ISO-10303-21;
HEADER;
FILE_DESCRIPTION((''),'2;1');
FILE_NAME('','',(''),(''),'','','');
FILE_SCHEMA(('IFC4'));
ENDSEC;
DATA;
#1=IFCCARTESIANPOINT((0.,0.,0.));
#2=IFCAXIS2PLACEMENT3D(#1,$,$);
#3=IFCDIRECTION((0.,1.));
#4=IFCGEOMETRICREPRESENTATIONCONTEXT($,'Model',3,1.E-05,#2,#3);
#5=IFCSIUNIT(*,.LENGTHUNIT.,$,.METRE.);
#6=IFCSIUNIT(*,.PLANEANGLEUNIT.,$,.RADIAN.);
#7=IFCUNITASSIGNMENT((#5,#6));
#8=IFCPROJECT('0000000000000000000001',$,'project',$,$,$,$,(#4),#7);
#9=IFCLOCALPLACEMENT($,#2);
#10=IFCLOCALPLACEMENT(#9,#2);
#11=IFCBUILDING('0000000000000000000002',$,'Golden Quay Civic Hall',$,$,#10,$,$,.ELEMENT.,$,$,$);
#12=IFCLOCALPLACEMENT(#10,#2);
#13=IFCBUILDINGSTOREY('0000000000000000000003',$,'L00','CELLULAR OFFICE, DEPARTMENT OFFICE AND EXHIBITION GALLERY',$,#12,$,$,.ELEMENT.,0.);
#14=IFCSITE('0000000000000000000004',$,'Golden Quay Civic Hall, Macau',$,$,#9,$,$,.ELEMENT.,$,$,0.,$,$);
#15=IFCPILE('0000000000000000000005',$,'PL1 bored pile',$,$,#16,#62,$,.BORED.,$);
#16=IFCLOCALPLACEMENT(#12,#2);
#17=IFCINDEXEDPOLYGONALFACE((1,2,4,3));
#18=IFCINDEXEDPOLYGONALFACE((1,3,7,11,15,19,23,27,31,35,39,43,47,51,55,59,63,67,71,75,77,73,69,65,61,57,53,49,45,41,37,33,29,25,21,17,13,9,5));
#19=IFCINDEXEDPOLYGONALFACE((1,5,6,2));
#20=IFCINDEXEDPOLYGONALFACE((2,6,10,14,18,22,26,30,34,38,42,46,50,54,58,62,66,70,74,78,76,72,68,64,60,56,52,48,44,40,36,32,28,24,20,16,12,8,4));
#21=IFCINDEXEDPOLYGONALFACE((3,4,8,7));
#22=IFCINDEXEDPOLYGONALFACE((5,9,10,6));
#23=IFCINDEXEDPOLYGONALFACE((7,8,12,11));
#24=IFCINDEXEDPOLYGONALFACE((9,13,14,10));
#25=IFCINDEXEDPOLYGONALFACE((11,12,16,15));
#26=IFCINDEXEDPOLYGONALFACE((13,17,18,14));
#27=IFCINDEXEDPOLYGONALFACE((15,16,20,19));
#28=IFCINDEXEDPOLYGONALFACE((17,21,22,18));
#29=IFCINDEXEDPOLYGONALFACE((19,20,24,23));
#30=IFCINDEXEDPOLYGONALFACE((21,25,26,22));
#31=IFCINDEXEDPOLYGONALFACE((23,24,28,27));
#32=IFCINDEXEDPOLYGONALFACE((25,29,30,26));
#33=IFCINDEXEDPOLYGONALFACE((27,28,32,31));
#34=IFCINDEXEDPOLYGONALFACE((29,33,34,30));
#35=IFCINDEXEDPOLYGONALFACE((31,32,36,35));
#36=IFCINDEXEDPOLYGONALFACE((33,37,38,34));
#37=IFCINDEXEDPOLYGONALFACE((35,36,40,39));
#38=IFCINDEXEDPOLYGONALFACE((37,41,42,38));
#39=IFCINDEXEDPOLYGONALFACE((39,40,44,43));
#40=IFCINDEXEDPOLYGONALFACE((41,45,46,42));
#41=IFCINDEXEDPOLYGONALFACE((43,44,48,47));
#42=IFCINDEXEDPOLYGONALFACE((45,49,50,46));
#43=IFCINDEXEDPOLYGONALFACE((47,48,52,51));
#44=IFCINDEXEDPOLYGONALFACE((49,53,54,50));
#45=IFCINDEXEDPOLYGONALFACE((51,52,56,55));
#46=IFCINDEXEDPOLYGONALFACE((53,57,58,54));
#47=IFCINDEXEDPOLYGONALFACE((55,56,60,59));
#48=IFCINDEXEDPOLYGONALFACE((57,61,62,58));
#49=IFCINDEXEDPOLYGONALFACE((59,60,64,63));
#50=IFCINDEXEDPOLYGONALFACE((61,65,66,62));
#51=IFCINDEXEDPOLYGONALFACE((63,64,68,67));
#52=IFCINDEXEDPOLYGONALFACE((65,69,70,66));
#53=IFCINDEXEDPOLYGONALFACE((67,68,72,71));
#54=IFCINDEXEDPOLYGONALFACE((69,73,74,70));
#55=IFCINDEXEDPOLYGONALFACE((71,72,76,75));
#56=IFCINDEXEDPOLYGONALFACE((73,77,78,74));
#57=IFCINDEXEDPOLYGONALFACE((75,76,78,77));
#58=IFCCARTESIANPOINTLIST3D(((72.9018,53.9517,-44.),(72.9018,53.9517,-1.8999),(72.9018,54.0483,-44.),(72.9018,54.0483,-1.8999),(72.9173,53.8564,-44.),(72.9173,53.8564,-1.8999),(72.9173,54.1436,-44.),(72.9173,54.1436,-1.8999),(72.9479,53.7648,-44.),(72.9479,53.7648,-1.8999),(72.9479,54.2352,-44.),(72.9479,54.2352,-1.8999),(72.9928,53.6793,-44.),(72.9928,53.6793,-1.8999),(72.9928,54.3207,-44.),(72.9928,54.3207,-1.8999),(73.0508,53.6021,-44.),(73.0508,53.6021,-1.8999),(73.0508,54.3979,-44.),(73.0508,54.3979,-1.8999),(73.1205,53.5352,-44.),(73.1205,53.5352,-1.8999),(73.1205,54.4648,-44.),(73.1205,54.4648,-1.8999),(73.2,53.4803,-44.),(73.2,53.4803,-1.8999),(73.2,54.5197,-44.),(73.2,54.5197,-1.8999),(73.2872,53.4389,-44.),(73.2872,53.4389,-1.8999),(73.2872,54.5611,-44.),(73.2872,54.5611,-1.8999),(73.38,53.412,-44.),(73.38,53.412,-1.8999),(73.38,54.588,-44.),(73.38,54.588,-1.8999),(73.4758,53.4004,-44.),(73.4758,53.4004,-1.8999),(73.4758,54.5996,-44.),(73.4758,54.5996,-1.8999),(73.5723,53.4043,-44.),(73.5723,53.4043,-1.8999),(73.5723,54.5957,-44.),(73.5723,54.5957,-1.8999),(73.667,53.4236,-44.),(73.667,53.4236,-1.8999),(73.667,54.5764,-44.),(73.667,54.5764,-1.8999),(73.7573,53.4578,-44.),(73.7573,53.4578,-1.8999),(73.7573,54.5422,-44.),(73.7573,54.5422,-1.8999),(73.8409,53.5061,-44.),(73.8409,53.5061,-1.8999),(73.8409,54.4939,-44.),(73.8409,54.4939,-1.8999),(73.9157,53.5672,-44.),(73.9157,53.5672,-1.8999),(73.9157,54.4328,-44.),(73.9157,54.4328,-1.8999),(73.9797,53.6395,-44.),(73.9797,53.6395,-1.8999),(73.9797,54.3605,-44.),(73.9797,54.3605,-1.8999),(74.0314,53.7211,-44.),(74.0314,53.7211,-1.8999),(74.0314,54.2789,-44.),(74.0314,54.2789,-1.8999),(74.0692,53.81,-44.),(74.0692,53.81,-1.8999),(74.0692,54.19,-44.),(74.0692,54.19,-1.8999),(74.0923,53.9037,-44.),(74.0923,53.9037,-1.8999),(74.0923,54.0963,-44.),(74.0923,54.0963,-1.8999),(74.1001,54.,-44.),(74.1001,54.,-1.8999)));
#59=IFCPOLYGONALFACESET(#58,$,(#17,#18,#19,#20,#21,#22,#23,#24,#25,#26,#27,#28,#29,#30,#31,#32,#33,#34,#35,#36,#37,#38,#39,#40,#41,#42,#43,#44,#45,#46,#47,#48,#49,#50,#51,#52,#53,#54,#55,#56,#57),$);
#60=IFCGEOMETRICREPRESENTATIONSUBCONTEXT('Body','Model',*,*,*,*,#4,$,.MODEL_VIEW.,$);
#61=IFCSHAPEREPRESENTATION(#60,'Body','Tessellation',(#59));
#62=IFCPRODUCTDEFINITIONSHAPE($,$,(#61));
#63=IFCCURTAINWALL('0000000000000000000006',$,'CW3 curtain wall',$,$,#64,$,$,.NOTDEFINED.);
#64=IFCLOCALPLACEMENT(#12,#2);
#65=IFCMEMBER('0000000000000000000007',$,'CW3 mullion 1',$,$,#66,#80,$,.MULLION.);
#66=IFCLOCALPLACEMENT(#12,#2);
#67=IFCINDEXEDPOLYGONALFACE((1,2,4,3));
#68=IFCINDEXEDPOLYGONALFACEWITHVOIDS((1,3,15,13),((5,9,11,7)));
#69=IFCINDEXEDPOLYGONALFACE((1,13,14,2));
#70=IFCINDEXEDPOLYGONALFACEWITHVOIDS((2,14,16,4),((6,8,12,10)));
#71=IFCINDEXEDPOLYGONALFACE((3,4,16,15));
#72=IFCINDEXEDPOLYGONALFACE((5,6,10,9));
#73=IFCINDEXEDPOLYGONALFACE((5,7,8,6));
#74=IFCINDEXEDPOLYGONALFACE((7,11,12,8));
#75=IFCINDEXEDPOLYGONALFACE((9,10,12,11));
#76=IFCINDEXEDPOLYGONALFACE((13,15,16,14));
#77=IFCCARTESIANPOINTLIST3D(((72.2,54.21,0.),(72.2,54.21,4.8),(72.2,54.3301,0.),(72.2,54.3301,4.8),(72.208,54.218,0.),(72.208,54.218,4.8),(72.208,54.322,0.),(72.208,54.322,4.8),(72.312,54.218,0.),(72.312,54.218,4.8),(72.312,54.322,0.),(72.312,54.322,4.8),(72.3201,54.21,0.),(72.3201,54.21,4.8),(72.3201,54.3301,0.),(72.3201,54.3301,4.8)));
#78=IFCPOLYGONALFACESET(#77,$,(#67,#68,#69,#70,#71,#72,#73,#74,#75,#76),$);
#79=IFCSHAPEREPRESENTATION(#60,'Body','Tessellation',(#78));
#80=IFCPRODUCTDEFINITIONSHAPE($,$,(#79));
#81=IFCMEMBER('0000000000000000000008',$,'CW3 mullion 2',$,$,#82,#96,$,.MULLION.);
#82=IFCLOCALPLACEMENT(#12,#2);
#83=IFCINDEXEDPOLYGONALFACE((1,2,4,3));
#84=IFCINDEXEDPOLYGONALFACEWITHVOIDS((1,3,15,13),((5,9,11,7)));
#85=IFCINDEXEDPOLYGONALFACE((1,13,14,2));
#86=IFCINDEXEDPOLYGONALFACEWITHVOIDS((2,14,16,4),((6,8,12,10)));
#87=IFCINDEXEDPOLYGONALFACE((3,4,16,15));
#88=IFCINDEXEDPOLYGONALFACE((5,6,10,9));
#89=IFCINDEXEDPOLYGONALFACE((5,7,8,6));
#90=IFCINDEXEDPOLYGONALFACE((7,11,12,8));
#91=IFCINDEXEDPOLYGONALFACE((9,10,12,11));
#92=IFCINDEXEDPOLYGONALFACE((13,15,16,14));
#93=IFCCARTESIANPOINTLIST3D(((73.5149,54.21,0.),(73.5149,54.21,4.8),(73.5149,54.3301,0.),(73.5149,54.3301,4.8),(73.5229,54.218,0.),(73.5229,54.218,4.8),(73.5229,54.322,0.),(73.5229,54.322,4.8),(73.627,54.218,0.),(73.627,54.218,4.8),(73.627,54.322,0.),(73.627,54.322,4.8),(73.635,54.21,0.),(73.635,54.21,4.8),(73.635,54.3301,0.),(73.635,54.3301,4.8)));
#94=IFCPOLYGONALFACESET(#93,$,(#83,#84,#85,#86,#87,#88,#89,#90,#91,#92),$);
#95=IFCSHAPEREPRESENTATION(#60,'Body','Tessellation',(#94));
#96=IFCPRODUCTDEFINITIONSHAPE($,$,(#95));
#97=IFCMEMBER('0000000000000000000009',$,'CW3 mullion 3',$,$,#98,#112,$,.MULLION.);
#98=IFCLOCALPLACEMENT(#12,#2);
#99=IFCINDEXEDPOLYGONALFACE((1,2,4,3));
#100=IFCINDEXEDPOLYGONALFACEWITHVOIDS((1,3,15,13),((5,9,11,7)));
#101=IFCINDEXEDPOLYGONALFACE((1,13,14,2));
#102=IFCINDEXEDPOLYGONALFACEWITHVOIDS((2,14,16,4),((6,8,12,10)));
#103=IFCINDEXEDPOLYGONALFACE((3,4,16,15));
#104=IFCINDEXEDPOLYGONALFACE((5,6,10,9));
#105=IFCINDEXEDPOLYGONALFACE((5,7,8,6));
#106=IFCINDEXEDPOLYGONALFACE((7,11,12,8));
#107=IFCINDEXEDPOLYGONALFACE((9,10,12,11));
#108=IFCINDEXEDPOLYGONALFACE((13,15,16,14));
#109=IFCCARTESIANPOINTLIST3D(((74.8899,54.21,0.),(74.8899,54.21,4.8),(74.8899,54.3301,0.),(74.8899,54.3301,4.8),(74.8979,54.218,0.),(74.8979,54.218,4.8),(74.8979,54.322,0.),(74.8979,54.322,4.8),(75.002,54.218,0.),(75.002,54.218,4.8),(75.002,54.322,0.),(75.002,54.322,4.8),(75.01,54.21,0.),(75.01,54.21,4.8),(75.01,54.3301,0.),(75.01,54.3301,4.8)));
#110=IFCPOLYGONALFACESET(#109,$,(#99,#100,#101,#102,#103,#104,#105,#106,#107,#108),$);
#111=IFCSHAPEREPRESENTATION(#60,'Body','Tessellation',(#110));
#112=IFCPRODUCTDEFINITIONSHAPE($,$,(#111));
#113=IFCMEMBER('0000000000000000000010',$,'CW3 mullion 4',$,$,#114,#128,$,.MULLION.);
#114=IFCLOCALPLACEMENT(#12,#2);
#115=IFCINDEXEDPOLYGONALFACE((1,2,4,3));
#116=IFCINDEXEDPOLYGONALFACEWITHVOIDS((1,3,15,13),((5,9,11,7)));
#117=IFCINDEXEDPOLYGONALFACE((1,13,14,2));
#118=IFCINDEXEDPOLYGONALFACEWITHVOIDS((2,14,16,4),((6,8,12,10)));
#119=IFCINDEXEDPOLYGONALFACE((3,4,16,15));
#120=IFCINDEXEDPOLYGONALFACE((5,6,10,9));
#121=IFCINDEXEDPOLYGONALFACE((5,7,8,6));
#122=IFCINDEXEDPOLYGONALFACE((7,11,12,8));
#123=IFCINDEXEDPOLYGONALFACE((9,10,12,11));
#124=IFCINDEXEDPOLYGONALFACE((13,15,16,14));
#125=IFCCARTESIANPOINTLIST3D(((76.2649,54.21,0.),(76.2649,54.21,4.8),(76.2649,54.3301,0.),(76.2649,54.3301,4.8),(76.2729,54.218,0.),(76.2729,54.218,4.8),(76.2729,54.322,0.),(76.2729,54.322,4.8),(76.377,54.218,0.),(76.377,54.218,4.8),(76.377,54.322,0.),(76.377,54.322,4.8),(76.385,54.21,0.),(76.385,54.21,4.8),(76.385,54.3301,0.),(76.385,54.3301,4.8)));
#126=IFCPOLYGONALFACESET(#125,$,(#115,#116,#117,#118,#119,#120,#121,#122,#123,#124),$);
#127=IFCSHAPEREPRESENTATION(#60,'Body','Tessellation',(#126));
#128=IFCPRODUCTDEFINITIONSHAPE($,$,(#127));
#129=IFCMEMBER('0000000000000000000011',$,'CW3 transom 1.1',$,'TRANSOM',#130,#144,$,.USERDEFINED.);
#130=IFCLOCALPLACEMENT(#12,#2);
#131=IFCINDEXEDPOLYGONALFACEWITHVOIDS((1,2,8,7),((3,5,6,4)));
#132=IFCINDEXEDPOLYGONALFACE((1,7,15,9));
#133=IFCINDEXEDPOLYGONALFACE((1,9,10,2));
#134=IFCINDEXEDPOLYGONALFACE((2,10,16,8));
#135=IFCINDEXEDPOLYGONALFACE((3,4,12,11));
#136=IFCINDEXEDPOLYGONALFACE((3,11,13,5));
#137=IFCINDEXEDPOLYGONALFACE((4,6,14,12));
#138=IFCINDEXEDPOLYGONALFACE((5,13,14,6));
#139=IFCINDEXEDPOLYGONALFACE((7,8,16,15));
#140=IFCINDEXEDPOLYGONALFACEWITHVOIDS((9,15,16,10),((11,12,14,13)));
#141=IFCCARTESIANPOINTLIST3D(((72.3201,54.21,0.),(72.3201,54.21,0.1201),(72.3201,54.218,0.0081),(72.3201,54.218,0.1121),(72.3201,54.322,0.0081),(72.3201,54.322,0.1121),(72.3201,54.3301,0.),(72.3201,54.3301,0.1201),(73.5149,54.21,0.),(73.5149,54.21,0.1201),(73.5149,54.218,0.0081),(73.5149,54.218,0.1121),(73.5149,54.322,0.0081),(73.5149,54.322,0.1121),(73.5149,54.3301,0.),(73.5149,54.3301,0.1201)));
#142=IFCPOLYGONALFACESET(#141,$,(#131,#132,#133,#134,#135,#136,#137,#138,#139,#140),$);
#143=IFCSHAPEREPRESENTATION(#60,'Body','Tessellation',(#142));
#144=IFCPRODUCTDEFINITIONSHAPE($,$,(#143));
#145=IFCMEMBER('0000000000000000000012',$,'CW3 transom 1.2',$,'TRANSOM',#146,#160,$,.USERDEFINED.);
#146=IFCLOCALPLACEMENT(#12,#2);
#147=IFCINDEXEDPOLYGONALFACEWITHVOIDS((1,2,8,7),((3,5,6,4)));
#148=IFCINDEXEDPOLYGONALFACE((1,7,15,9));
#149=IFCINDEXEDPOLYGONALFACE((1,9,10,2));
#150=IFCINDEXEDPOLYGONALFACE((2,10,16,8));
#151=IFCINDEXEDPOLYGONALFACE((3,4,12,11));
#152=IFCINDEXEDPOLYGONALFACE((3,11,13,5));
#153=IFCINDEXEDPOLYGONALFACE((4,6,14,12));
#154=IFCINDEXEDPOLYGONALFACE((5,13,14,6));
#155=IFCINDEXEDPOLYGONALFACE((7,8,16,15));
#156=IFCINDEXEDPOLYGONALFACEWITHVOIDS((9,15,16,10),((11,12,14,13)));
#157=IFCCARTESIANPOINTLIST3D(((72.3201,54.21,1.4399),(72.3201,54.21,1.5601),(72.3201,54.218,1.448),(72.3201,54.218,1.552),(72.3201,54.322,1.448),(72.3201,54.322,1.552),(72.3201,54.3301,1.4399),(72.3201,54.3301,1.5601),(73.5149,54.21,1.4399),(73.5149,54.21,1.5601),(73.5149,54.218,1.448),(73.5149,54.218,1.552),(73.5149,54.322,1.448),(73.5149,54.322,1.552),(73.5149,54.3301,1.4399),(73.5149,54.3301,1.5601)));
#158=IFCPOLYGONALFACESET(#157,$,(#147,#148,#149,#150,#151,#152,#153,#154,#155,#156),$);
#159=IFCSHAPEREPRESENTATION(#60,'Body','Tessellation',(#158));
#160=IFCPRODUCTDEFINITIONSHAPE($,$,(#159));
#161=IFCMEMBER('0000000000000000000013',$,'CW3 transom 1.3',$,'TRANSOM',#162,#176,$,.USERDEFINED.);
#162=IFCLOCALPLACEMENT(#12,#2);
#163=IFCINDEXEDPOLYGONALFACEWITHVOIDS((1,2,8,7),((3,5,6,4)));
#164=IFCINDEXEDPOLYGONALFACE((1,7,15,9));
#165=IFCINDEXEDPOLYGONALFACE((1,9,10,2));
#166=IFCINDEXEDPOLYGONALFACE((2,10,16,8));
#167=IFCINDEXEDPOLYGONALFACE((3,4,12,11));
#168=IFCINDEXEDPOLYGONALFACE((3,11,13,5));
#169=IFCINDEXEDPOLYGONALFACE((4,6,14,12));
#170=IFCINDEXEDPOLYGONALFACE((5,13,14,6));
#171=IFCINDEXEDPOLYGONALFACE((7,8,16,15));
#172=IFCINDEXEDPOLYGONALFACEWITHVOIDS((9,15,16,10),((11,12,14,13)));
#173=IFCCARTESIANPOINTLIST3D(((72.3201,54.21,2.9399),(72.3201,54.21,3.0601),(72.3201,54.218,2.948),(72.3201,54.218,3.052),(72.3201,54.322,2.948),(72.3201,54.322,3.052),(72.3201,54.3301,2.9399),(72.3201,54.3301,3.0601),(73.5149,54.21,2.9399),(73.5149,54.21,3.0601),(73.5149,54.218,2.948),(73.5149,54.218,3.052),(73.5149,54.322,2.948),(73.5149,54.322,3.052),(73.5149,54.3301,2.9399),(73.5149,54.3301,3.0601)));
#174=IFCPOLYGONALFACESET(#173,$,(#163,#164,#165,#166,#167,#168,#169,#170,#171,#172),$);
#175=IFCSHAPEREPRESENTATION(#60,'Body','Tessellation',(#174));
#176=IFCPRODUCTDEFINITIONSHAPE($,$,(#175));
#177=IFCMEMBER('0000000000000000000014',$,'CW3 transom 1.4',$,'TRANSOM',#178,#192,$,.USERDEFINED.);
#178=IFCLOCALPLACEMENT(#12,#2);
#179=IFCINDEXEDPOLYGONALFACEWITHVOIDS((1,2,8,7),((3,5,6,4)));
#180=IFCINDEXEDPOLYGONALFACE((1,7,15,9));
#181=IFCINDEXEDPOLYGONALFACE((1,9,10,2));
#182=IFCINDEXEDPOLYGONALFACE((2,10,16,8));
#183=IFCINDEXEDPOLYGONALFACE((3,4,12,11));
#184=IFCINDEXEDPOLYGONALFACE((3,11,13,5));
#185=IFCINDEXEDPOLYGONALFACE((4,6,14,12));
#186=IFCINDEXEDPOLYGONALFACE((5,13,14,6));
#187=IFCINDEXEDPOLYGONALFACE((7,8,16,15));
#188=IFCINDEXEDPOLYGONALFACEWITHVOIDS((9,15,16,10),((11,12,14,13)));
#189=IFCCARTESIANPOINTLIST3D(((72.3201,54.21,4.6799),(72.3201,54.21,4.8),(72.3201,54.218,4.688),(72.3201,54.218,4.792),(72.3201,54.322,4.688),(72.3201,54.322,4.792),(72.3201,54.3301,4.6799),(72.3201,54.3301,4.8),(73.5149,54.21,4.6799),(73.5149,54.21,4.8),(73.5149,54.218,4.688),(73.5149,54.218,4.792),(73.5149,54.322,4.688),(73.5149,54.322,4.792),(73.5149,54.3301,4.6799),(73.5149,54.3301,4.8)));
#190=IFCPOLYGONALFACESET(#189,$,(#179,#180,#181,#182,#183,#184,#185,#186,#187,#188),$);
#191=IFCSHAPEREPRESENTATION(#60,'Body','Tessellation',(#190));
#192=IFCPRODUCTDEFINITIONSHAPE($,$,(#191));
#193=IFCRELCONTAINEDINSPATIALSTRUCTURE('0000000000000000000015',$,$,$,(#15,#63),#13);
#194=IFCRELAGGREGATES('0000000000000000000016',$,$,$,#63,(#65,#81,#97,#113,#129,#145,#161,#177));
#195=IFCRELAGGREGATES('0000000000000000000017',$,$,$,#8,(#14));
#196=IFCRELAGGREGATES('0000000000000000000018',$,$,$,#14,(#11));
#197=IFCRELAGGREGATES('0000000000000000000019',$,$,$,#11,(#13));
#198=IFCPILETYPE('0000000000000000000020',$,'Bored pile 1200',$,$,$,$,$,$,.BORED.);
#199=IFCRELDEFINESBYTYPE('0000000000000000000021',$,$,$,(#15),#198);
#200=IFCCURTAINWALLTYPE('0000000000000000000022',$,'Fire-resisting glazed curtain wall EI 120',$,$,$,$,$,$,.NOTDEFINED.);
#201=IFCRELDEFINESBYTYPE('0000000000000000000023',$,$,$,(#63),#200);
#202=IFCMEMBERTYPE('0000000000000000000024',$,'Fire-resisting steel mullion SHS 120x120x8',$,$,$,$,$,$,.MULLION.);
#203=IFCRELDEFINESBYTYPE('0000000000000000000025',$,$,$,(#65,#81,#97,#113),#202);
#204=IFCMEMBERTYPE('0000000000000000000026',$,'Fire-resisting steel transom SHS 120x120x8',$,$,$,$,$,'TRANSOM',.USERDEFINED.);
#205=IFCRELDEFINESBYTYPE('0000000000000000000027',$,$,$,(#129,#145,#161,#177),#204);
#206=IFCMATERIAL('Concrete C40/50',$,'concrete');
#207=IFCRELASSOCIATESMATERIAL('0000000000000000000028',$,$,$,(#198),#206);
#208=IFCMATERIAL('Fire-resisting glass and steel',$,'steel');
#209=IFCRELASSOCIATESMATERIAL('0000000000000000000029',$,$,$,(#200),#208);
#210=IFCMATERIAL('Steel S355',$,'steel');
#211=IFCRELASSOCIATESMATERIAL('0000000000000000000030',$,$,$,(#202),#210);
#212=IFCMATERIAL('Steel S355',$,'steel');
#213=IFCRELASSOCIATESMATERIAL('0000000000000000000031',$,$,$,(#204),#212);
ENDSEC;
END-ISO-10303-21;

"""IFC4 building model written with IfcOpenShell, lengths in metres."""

from ifc_helpers import new_model, si_unit, direction, frame, origin, origin_2d, place, context, subcontext, project, spatial, hollow_rectangle, circle, extrude, material, material_profile, profile_set, type_object, element, aggregate, save


model = new_model("IFC4")

# Units and contexts
model_context = context("Model", 3, precision=1e-05, world=origin(), true_north=direction((0.0, 1.0)))
body_context = subcontext(model_context, "Body", "Model", "MODEL_VIEW")
ifc_project = project(units=[si_unit("LENGTHUNIT", "METRE"), si_unit("PLANEANGLEUNIT", "RADIAN")], contexts=[model_context])

# Site, building, storey
site_placement = place(None, origin())
site = spatial("IfcSite", under=ifc_project, at=site_placement, Name="Golden Quay Civic Hall, Macau", CompositionType="ELEMENT", RefElevation=0.0)
building_placement = place(site_placement, origin())
building = spatial("IfcBuilding", under=site, at=building_placement, Name="Golden Quay Civic Hall", CompositionType="ELEMENT")
storey_placement = place(building_placement, origin())
storey = spatial("IfcBuildingStorey", under=building, at=storey_placement, Name="L00", Description="CELLULAR OFFICE, DEPARTMENT OFFICE AND EXHIBITION GALLERY", CompositionType="ELEMENT", Elevation=0.0)

# Pile
ifc_material_1 = material(Name="Concrete C40/50", Category="concrete")
ifc_material_profile_1 = material_profile(ifc_material_1, circle(Radius=0.6001, at=origin_2d()), Name="RC D1200")
ifc_profile_set_1 = profile_set([ifc_material_profile_1], Name="Concrete C40/50")
pile_type = type_object("IfcPileType", Name="Bored pile 1200", PredefinedType="BORED", material=ifc_profile_set_1)
pile_placement = place(storey_placement, frame((73.5, 54.0, -1.8999), z_axis=(0.0, 0.0, -1.0), x_axis=(1.0, 0.0, 0.0)))
element("IfcPile", 1, at=pile_placement, inside=storey, type_object=pile_type, Name="PL1 bored pile", PredefinedType="BORED", context=body_context, shape_type="SweptSolid", body=[
    extrude(circle(Radius=0.6001, at=origin_2d()), origin(), (0.0, 0.0, 1.0), 42.1001),
])

# Curtain wall, members
ifc_material_2 = material(Name="Fire-resisting glass and steel", Category="steel")
curtain_wall_type_1 = type_object("IfcCurtainWallType", Name="Fire-resisting glazed curtain wall EI 120", PredefinedType="NOTDEFINED", material=ifc_material_2)
curtain_wall_1_placement = place(storey_placement, origin())
curtain_wall_1 = element("IfcCurtainWall", 2, at=curtain_wall_1_placement, inside=storey, type_object=curtain_wall_type_1, Name="CW3 curtain wall", PredefinedType="NOTDEFINED")
ifc_material_3 = material(Name="Steel S355", Category="steel")
ifc_material_profile_2 = material_profile(ifc_material_3, hollow_rectangle(XDim=0.1201, YDim=0.1201, WallThickness=0.0081, at=origin_2d()), Name="SHS 120x120x8")
ifc_profile_set_2 = profile_set([ifc_material_profile_2], Name="Steel S355")
member_type_1 = type_object("IfcMemberType", Name="Fire-resisting steel mullion SHS 120x120x8", PredefinedType="MULLION", material=ifc_profile_set_2)
member_1_placement = place(storey_placement, frame((72.26, 54.27, 0.0), z_axis=(0.0, 0.0, 1.0), x_axis=(0.0, 1.0, 0.0)))
member_1 = element("IfcMember", 3, at=member_1_placement, type_object=member_type_1, Name="CW3 mullion 1", PredefinedType="MULLION", context=body_context, shape_type="SweptSolid", body=[
    extrude(hollow_rectangle(XDim=0.1201, YDim=0.1201, WallThickness=0.0081, at=origin_2d()), origin(), (0.0, 0.0, 1.0), 4.8),
])
member_2_placement = place(storey_placement, frame((73.575, 54.27, 0.0), z_axis=(0.0, 0.0, 1.0), x_axis=(0.0, 1.0, 0.0)))
member_2 = element("IfcMember", 4, at=member_2_placement, type_object=member_type_1, Name="CW3 mullion 2", PredefinedType="MULLION", context=body_context, shape_type="SweptSolid", body=[
    extrude(hollow_rectangle(XDim=0.1201, YDim=0.1201, WallThickness=0.0081, at=origin_2d()), origin(), (0.0, 0.0, 1.0), 4.8),
])
member_3_placement = place(storey_placement, frame((74.95, 54.27, 0.0), z_axis=(0.0, 0.0, 1.0), x_axis=(0.0, 1.0, 0.0)))
member_3 = element("IfcMember", 5, at=member_3_placement, type_object=member_type_1, Name="CW3 mullion 3", PredefinedType="MULLION", context=body_context, shape_type="SweptSolid", body=[
    extrude(hollow_rectangle(XDim=0.1201, YDim=0.1201, WallThickness=0.0081, at=origin_2d()), origin(), (0.0, 0.0, 1.0), 4.8),
])
member_4_placement = place(storey_placement, frame((76.325, 54.27, 0.0), z_axis=(0.0, 0.0, 1.0), x_axis=(0.0, 1.0, 0.0)))
member_4 = element("IfcMember", 6, at=member_4_placement, type_object=member_type_1, Name="CW3 mullion 4", PredefinedType="MULLION", context=body_context, shape_type="SweptSolid", body=[
    extrude(hollow_rectangle(XDim=0.1201, YDim=0.1201, WallThickness=0.0081, at=origin_2d()), origin(), (0.0, 0.0, 1.0), 4.8),
])
ifc_material_4 = material(Name="Steel S355", Category="steel")
ifc_material_profile_3 = material_profile(ifc_material_4, hollow_rectangle(XDim=0.1201, YDim=0.1201, WallThickness=0.0081, at=origin_2d()), Name="SHS 120x120x8")
ifc_profile_set_3 = profile_set([ifc_material_profile_3], Name="Steel S355")
member_type_2 = type_object("IfcMemberType", Name="Fire-resisting steel transom SHS 120x120x8", ElementType="TRANSOM", PredefinedType="USERDEFINED", material=ifc_profile_set_3)
member_5_placement = place(storey_placement, frame((72.3201, 54.27, 0.0601), z_axis=(1.0, 0.0, 0.0), x_axis=(0.0, 1.0, 0.0)))
member_5 = element("IfcMember", 7, at=member_5_placement, type_object=member_type_2, Name="CW3 transom 1.1", ObjectType="TRANSOM", PredefinedType="USERDEFINED", context=body_context, shape_type="SweptSolid", body=[
    extrude(hollow_rectangle(XDim=0.1201, YDim=0.1201, WallThickness=0.0081, at=origin_2d()), origin(), (0.0, 0.0, 1.0), 1.1948),
])
member_6_placement = place(storey_placement, frame((72.3201, 54.27, 1.5), z_axis=(1.0, 0.0, 0.0), x_axis=(0.0, 1.0, 0.0)))
member_6 = element("IfcMember", 8, at=member_6_placement, type_object=member_type_2, Name="CW3 transom 1.2", ObjectType="TRANSOM", PredefinedType="USERDEFINED", context=body_context, shape_type="SweptSolid", body=[
    extrude(hollow_rectangle(XDim=0.1201, YDim=0.1201, WallThickness=0.0081, at=origin_2d()), origin(), (0.0, 0.0, 1.0), 1.1948),
])
member_7_placement = place(storey_placement, frame((72.3201, 54.27, 3.0), z_axis=(1.0, 0.0, 0.0), x_axis=(0.0, 1.0, 0.0)))
member_7 = element("IfcMember", 9, at=member_7_placement, type_object=member_type_2, Name="CW3 transom 1.3", ObjectType="TRANSOM", PredefinedType="USERDEFINED", context=body_context, shape_type="SweptSolid", body=[
    extrude(hollow_rectangle(XDim=0.1201, YDim=0.1201, WallThickness=0.0081, at=origin_2d()), origin(), (0.0, 0.0, 1.0), 1.1948),
])
member_8_placement = place(storey_placement, frame((72.3201, 54.27, 4.74), z_axis=(1.0, 0.0, 0.0), x_axis=(0.0, 1.0, 0.0)))
member_8 = element("IfcMember", 10, at=member_8_placement, type_object=member_type_2, Name="CW3 transom 1.4", ObjectType="TRANSOM", PredefinedType="USERDEFINED", context=body_context, shape_type="SweptSolid", body=[
    extrude(hollow_rectangle(XDim=0.1201, YDim=0.1201, WallThickness=0.0081, at=origin_2d()), origin(), (0.0, 0.0, 1.0), 1.1948),
])
aggregate(curtain_wall_1, [member_1, member_2, member_3, member_4, member_5, member_6, member_7, member_8])

save(model, "model.ifc")
